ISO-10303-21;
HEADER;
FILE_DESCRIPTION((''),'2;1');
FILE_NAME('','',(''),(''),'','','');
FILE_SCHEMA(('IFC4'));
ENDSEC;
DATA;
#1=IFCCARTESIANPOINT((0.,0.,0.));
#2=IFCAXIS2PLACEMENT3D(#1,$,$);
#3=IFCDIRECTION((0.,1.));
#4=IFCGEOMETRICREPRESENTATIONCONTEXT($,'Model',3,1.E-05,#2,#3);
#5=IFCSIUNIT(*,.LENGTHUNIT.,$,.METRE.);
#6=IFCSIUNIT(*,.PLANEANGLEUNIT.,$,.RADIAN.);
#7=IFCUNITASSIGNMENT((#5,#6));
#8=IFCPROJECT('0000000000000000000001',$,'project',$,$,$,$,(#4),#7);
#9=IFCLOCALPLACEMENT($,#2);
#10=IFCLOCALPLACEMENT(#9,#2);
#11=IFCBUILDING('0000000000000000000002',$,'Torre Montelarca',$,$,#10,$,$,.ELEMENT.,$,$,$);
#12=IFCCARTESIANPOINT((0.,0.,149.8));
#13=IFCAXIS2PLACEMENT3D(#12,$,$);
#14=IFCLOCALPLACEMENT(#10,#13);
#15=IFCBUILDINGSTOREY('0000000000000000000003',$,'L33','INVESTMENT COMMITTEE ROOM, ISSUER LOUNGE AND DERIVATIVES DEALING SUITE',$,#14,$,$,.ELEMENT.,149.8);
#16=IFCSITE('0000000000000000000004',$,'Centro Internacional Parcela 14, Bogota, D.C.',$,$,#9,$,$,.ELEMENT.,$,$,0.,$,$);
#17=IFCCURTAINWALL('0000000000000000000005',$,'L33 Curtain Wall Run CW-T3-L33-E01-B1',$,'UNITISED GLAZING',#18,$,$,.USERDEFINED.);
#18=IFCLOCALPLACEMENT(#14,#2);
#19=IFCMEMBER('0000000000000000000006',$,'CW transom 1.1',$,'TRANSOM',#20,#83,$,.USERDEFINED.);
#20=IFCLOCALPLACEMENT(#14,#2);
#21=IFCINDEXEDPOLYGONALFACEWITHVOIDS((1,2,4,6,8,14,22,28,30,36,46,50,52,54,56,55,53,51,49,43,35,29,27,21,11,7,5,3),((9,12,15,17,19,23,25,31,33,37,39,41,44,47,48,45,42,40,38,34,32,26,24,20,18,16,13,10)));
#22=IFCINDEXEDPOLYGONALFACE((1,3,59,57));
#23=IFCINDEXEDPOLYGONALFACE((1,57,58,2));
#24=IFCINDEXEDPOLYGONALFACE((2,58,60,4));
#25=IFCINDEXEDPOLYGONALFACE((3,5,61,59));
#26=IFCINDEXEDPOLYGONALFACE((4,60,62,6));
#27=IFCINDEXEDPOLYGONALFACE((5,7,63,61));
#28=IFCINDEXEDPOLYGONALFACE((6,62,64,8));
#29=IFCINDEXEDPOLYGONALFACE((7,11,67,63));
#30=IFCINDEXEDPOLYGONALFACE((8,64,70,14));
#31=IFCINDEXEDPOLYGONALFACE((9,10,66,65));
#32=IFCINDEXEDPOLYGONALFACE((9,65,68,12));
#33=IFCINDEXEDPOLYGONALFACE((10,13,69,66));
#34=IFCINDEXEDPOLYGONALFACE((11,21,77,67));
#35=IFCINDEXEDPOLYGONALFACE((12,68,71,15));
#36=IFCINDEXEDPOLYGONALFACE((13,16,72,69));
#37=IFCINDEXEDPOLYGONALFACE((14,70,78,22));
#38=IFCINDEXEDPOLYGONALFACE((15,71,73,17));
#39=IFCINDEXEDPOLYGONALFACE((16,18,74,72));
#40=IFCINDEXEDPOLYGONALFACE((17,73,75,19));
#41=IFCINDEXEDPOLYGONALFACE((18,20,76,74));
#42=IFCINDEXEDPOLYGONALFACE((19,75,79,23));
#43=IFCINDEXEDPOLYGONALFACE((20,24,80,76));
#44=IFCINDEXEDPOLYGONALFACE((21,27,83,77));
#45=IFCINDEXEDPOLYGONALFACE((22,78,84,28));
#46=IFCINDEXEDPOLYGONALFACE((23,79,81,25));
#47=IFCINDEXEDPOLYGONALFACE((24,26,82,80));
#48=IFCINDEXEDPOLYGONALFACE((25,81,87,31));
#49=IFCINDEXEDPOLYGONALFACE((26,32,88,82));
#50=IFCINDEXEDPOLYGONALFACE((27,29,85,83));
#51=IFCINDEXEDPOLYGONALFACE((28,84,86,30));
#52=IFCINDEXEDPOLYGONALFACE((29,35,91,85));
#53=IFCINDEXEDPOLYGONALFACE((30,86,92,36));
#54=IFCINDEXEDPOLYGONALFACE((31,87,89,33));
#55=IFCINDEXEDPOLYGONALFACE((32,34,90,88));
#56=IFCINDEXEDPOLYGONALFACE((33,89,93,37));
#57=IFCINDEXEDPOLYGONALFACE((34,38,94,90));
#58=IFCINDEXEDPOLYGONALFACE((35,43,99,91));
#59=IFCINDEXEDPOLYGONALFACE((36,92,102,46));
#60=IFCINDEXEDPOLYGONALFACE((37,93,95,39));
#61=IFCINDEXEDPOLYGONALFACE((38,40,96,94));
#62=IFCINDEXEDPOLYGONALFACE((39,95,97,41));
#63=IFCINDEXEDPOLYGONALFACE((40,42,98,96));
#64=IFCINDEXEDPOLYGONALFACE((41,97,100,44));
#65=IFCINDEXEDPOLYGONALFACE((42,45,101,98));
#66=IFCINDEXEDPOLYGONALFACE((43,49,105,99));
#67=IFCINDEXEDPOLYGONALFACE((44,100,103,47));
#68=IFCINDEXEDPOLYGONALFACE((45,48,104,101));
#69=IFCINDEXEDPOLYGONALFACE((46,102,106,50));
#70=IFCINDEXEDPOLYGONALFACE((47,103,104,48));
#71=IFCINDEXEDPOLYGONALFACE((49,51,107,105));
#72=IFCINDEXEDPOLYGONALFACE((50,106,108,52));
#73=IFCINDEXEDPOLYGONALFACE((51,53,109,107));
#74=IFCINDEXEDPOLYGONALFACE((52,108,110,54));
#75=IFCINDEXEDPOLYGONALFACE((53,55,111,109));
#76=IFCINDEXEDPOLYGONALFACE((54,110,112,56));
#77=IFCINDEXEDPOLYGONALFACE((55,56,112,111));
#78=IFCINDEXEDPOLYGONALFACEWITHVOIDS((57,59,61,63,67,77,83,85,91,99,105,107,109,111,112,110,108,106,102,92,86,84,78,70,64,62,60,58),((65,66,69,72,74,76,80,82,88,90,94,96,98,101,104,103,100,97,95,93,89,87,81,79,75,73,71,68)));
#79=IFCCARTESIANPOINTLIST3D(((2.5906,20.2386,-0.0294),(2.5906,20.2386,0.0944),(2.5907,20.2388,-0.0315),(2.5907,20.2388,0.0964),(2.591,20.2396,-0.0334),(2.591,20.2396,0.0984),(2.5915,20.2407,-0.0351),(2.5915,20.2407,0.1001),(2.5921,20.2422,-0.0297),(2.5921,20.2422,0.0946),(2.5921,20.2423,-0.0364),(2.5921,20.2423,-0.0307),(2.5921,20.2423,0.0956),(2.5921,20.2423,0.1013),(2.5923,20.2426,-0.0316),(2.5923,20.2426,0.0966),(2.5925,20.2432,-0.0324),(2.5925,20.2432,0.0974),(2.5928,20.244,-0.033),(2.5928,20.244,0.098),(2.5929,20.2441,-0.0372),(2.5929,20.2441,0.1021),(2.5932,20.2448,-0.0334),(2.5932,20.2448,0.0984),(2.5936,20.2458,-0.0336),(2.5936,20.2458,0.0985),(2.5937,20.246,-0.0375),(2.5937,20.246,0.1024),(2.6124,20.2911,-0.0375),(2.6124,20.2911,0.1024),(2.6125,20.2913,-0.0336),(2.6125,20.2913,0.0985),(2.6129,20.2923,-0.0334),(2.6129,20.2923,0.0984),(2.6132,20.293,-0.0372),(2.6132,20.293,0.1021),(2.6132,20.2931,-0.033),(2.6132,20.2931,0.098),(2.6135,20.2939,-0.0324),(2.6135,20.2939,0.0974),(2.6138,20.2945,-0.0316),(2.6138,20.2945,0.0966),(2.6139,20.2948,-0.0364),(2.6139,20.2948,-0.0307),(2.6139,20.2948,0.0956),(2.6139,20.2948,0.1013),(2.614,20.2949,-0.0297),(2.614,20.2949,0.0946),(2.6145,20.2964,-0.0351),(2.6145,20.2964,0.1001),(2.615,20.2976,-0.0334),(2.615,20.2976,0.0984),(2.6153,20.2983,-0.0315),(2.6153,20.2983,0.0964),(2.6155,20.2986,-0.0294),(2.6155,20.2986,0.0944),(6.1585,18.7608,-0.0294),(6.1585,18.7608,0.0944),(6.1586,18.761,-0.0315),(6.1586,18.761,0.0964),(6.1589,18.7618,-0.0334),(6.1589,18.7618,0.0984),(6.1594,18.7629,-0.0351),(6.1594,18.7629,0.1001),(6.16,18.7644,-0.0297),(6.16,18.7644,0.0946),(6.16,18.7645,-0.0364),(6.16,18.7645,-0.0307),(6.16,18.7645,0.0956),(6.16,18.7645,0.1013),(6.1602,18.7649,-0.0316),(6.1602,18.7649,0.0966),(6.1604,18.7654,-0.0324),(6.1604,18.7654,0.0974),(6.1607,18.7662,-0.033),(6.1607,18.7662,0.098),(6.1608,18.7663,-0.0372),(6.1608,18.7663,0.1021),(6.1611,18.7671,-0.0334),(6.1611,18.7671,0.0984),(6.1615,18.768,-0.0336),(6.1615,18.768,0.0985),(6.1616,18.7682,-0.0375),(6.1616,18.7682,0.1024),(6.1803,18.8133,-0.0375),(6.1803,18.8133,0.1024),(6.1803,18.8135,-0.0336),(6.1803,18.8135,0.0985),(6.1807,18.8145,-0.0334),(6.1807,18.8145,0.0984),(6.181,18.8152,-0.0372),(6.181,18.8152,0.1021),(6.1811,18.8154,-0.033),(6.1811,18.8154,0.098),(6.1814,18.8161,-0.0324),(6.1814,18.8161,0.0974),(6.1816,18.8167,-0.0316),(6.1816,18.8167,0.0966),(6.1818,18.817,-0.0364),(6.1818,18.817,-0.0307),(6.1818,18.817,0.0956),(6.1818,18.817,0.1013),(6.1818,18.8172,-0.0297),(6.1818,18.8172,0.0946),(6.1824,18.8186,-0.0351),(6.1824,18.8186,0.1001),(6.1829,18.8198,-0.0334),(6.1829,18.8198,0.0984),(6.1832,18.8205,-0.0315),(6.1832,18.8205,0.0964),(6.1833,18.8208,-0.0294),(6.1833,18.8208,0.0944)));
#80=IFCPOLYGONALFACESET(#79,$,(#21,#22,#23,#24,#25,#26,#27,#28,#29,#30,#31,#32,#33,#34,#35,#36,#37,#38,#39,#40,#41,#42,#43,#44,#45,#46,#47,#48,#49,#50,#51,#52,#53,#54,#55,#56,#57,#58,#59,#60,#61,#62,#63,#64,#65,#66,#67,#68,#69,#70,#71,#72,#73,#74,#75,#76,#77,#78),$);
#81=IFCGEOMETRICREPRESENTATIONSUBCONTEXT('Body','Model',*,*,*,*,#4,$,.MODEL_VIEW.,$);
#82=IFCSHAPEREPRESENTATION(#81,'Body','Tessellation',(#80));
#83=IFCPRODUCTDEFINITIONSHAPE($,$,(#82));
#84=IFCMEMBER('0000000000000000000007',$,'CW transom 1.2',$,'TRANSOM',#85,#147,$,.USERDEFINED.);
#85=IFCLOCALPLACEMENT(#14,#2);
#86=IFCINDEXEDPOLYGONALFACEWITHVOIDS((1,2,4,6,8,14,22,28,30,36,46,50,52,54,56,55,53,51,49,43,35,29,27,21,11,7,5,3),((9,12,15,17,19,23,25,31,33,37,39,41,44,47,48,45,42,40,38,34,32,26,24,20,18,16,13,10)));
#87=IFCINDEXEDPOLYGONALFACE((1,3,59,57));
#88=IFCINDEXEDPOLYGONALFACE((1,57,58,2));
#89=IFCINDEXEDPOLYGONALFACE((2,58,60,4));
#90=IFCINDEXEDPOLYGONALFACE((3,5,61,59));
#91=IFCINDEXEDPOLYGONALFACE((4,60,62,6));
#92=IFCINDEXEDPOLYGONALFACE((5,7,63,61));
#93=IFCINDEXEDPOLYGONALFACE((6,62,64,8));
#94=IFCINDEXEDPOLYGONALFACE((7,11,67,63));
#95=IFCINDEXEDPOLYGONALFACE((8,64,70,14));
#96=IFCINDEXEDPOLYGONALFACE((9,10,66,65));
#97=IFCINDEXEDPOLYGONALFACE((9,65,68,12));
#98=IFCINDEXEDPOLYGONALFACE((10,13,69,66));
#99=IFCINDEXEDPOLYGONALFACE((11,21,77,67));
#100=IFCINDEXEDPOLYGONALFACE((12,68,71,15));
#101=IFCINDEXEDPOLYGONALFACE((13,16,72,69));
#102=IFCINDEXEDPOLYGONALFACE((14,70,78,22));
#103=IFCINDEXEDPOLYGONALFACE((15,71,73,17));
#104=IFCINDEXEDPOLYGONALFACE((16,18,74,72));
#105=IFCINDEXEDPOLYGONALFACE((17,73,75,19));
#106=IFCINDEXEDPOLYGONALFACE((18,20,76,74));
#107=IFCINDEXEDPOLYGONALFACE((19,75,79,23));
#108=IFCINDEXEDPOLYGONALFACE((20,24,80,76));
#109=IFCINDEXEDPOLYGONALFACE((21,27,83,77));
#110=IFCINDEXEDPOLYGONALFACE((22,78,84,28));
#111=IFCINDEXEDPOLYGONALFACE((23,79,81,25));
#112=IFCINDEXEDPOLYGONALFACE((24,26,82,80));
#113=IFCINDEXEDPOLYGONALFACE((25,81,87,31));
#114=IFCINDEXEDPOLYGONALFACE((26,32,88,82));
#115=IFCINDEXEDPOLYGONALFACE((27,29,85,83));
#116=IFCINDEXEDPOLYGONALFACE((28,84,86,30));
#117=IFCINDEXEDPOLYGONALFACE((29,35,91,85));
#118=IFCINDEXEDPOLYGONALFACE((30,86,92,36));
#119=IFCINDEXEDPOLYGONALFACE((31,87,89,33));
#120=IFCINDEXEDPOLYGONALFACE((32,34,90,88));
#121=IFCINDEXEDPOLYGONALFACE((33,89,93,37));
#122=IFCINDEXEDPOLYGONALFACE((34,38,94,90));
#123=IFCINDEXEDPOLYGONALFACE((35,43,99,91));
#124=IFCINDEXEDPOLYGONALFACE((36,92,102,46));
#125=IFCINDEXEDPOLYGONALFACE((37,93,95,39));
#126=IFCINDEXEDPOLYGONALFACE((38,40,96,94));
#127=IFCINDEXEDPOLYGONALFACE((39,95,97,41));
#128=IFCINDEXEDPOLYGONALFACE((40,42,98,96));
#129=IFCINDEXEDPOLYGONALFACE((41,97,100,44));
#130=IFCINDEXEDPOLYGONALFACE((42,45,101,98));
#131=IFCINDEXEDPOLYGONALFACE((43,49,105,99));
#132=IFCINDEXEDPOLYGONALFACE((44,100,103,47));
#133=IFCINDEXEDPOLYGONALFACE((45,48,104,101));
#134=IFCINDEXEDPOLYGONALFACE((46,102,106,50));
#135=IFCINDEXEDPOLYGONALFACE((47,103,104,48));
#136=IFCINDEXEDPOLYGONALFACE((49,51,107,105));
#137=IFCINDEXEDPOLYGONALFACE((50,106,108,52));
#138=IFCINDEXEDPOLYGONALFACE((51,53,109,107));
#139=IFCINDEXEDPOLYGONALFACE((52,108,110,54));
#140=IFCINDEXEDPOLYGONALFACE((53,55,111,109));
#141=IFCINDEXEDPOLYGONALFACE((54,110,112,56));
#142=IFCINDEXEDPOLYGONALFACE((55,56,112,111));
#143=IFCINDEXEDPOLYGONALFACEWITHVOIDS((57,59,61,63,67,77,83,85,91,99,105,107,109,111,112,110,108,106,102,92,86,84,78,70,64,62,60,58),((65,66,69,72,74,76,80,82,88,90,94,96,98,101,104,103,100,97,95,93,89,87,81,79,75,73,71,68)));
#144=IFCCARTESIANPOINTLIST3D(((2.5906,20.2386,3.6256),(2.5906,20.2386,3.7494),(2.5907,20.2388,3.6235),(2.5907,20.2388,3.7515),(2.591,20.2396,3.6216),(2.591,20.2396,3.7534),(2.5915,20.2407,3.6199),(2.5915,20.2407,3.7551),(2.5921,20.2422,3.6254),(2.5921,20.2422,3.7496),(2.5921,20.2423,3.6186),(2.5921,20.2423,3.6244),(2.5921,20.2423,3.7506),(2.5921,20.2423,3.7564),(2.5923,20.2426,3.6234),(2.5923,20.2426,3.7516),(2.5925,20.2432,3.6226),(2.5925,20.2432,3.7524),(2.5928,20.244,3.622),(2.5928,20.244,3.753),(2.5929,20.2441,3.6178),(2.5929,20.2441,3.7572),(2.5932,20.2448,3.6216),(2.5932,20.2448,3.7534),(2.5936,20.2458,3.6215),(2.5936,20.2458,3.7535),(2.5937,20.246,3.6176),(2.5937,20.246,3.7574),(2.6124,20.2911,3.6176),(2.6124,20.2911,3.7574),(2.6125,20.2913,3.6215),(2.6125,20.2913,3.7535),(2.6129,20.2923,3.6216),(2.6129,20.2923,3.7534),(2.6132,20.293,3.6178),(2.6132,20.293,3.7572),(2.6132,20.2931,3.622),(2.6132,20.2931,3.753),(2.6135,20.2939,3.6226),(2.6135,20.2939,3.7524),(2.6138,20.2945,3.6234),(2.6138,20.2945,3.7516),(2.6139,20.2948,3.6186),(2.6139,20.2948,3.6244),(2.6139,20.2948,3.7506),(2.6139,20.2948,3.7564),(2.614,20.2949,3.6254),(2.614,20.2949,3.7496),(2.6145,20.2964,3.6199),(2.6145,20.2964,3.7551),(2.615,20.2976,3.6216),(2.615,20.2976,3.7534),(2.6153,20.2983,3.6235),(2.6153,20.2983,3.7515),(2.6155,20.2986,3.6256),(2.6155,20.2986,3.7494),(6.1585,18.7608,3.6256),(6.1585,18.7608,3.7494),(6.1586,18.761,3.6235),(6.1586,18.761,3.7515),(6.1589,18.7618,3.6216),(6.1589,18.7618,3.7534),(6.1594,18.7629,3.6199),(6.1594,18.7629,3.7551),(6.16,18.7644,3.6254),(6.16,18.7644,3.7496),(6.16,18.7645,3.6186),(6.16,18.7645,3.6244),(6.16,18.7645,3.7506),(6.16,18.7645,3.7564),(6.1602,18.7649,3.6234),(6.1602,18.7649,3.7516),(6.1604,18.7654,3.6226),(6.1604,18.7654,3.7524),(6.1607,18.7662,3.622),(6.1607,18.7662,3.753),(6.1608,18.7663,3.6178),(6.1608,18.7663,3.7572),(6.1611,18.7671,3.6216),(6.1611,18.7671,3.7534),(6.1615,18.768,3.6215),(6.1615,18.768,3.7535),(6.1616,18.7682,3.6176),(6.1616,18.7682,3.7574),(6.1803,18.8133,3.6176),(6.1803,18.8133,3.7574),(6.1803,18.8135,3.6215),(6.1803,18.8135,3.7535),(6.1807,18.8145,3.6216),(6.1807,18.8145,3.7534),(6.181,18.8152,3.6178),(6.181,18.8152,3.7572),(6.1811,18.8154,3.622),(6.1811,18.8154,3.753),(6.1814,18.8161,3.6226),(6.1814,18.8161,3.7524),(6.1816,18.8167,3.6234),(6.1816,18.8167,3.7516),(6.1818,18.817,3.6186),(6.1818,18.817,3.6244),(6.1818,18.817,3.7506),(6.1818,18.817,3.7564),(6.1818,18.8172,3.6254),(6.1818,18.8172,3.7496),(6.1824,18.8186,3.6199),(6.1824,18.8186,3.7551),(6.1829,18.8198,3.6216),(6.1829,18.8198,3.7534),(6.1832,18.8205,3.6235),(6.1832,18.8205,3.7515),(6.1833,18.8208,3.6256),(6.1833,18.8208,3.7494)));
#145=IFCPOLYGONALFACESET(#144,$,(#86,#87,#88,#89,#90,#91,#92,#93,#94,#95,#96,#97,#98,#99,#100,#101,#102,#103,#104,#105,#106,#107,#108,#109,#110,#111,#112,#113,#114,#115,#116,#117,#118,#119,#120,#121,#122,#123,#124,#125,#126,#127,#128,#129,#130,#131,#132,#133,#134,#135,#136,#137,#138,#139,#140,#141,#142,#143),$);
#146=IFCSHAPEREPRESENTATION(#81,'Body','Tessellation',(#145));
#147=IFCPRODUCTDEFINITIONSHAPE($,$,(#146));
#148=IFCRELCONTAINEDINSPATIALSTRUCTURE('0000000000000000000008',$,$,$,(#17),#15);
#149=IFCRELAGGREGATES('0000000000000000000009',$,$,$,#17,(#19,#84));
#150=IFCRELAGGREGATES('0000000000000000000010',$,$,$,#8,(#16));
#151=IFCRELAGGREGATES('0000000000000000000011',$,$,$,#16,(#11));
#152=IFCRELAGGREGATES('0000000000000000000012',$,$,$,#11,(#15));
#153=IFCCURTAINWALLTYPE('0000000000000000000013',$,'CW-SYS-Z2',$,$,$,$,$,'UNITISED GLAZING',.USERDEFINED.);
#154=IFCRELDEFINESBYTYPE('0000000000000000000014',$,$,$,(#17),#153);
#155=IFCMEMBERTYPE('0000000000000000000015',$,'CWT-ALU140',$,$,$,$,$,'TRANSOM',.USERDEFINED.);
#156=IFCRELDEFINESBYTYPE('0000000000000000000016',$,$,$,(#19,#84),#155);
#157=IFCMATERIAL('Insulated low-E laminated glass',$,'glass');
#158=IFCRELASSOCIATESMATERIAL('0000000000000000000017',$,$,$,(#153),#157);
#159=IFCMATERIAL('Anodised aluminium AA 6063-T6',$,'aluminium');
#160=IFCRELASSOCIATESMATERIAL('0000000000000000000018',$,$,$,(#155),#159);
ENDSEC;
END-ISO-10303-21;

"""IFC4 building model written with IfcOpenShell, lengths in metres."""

from ifc_helpers import new_model, si_unit, direction, frame, origin, origin_2d, place, context, subcontext, project, spatial, hollow_rectangle, extrude, source, transform, mapped, material, material_profile, profile_set, type_object, element, aggregate, save


model = new_model("IFC4")

# Units and contexts
model_context = context("Model", 3, precision=1e-05, world=origin(), true_north=direction((0.0, 1.0)))
body_context = subcontext(model_context, "Body", "Model", "MODEL_VIEW")
ifc_project = project(units=[si_unit("LENGTHUNIT", "METRE"), si_unit("PLANEANGLEUNIT", "RADIAN")], contexts=[model_context])

# Site, building, storey
site_placement = place(None, origin())
site = spatial("IfcSite", under=ifc_project, at=site_placement, Name="Centro Internacional Parcela 14, Bogota, D.C.", CompositionType="ELEMENT", RefElevation=0.0)
building_placement = place(site_placement, origin())
building = spatial("IfcBuilding", under=site, at=building_placement, Name="Torre Montelarca", CompositionType="ELEMENT")
storey_placement = place(building_placement, frame((0.0, 0.0, 149.8)))
storey = spatial("IfcBuildingStorey", under=building, at=storey_placement, Name="L33", Description="INVESTMENT COMMITTEE ROOM, ISSUER LOUNGE AND DERIVATIVES DEALING SUITE", CompositionType="ELEMENT", Elevation=149.8)

# Curtain wall
ifc_material_1 = material(Name="Insulated low-E laminated glass", Category="glass")
curtain_wall_type = type_object("IfcCurtainWallType", Name="CW-SYS-Z2", ElementType="UNITISED GLAZING", PredefinedType="USERDEFINED", material=ifc_material_1)
curtain_wall_1_placement = place(storey_placement, origin())
curtain_wall_1 = element("IfcCurtainWall", 1, at=curtain_wall_1_placement, inside=storey, type_object=curtain_wall_type, Name="L33 Curtain Wall Run CW-T3-L33-E01-B1", ObjectType="UNITISED GLAZING", PredefinedType="USERDEFINED")
ifc_material_2 = material(Name="Anodised aluminium AA 6063-T6", Category="aluminium")

# Members
ifc_material_profile_1 = material_profile(ifc_material_2, hollow_rectangle(XDim=0.0649, YDim=0.1399, WallThickness=0.0039, InnerFilletRadius=0.0039, OuterFilletRadius=0.0081, at=origin_2d()), Name="ALU65X140X4", Category="aluminium")
ifc_profile_set_1 = profile_set([ifc_material_profile_1], Name="Anodised aluminium AA 6063-T6")
member_type_1 = type_object("IfcMemberType", Name="CWT-ALU140", ElementType="TRANSOM", PredefinedType="USERDEFINED", material=ifc_profile_set_1)
shared_shape_1 = source(origin(), body_context, "Body", "SweptSolid", [
    extrude(hollow_rectangle(XDim=0.0649, YDim=0.1399, WallThickness=0.0039, InnerFilletRadius=0.0039, OuterFilletRadius=0.0081, at=origin_2d()), origin(), (0.0, 0.0, 1.0), 3.8618),
])
member_1_placement = place(storey_placement, frame((2.603, 20.2686, 0.0325), z_axis=(0.923887, -0.382666, 0.0), x_axis=(0.382666, 0.923887, 0.0)))
member_1 = element("IfcMember", 2, at=member_1_placement, type_object=member_type_1, Name="CW transom 1.1", ObjectType="TRANSOM", PredefinedType="USERDEFINED", context=body_context, shape_type="MappedRepresentation", body=[
    mapped(shared_shape_1, transform((0.0, 0.0, 0.0), scale=1.0)),
])
member_2_placement = place(storey_placement, frame((2.603, 20.2686, 3.6875), z_axis=(0.923887, -0.382666, 0.0), x_axis=(0.382666, 0.923887, 0.0)))
member_2 = element("IfcMember", 3, at=member_2_placement, type_object=member_type_1, Name="CW transom 1.2", ObjectType="TRANSOM", PredefinedType="USERDEFINED", context=body_context, shape_type="MappedRepresentation", body=[
    mapped(shared_shape_1, transform((0.0, 0.0, 0.0), scale=1.0)),
])

aggregate(curtain_wall_1, [member_1, member_2])

save(model, "model.ifc")
